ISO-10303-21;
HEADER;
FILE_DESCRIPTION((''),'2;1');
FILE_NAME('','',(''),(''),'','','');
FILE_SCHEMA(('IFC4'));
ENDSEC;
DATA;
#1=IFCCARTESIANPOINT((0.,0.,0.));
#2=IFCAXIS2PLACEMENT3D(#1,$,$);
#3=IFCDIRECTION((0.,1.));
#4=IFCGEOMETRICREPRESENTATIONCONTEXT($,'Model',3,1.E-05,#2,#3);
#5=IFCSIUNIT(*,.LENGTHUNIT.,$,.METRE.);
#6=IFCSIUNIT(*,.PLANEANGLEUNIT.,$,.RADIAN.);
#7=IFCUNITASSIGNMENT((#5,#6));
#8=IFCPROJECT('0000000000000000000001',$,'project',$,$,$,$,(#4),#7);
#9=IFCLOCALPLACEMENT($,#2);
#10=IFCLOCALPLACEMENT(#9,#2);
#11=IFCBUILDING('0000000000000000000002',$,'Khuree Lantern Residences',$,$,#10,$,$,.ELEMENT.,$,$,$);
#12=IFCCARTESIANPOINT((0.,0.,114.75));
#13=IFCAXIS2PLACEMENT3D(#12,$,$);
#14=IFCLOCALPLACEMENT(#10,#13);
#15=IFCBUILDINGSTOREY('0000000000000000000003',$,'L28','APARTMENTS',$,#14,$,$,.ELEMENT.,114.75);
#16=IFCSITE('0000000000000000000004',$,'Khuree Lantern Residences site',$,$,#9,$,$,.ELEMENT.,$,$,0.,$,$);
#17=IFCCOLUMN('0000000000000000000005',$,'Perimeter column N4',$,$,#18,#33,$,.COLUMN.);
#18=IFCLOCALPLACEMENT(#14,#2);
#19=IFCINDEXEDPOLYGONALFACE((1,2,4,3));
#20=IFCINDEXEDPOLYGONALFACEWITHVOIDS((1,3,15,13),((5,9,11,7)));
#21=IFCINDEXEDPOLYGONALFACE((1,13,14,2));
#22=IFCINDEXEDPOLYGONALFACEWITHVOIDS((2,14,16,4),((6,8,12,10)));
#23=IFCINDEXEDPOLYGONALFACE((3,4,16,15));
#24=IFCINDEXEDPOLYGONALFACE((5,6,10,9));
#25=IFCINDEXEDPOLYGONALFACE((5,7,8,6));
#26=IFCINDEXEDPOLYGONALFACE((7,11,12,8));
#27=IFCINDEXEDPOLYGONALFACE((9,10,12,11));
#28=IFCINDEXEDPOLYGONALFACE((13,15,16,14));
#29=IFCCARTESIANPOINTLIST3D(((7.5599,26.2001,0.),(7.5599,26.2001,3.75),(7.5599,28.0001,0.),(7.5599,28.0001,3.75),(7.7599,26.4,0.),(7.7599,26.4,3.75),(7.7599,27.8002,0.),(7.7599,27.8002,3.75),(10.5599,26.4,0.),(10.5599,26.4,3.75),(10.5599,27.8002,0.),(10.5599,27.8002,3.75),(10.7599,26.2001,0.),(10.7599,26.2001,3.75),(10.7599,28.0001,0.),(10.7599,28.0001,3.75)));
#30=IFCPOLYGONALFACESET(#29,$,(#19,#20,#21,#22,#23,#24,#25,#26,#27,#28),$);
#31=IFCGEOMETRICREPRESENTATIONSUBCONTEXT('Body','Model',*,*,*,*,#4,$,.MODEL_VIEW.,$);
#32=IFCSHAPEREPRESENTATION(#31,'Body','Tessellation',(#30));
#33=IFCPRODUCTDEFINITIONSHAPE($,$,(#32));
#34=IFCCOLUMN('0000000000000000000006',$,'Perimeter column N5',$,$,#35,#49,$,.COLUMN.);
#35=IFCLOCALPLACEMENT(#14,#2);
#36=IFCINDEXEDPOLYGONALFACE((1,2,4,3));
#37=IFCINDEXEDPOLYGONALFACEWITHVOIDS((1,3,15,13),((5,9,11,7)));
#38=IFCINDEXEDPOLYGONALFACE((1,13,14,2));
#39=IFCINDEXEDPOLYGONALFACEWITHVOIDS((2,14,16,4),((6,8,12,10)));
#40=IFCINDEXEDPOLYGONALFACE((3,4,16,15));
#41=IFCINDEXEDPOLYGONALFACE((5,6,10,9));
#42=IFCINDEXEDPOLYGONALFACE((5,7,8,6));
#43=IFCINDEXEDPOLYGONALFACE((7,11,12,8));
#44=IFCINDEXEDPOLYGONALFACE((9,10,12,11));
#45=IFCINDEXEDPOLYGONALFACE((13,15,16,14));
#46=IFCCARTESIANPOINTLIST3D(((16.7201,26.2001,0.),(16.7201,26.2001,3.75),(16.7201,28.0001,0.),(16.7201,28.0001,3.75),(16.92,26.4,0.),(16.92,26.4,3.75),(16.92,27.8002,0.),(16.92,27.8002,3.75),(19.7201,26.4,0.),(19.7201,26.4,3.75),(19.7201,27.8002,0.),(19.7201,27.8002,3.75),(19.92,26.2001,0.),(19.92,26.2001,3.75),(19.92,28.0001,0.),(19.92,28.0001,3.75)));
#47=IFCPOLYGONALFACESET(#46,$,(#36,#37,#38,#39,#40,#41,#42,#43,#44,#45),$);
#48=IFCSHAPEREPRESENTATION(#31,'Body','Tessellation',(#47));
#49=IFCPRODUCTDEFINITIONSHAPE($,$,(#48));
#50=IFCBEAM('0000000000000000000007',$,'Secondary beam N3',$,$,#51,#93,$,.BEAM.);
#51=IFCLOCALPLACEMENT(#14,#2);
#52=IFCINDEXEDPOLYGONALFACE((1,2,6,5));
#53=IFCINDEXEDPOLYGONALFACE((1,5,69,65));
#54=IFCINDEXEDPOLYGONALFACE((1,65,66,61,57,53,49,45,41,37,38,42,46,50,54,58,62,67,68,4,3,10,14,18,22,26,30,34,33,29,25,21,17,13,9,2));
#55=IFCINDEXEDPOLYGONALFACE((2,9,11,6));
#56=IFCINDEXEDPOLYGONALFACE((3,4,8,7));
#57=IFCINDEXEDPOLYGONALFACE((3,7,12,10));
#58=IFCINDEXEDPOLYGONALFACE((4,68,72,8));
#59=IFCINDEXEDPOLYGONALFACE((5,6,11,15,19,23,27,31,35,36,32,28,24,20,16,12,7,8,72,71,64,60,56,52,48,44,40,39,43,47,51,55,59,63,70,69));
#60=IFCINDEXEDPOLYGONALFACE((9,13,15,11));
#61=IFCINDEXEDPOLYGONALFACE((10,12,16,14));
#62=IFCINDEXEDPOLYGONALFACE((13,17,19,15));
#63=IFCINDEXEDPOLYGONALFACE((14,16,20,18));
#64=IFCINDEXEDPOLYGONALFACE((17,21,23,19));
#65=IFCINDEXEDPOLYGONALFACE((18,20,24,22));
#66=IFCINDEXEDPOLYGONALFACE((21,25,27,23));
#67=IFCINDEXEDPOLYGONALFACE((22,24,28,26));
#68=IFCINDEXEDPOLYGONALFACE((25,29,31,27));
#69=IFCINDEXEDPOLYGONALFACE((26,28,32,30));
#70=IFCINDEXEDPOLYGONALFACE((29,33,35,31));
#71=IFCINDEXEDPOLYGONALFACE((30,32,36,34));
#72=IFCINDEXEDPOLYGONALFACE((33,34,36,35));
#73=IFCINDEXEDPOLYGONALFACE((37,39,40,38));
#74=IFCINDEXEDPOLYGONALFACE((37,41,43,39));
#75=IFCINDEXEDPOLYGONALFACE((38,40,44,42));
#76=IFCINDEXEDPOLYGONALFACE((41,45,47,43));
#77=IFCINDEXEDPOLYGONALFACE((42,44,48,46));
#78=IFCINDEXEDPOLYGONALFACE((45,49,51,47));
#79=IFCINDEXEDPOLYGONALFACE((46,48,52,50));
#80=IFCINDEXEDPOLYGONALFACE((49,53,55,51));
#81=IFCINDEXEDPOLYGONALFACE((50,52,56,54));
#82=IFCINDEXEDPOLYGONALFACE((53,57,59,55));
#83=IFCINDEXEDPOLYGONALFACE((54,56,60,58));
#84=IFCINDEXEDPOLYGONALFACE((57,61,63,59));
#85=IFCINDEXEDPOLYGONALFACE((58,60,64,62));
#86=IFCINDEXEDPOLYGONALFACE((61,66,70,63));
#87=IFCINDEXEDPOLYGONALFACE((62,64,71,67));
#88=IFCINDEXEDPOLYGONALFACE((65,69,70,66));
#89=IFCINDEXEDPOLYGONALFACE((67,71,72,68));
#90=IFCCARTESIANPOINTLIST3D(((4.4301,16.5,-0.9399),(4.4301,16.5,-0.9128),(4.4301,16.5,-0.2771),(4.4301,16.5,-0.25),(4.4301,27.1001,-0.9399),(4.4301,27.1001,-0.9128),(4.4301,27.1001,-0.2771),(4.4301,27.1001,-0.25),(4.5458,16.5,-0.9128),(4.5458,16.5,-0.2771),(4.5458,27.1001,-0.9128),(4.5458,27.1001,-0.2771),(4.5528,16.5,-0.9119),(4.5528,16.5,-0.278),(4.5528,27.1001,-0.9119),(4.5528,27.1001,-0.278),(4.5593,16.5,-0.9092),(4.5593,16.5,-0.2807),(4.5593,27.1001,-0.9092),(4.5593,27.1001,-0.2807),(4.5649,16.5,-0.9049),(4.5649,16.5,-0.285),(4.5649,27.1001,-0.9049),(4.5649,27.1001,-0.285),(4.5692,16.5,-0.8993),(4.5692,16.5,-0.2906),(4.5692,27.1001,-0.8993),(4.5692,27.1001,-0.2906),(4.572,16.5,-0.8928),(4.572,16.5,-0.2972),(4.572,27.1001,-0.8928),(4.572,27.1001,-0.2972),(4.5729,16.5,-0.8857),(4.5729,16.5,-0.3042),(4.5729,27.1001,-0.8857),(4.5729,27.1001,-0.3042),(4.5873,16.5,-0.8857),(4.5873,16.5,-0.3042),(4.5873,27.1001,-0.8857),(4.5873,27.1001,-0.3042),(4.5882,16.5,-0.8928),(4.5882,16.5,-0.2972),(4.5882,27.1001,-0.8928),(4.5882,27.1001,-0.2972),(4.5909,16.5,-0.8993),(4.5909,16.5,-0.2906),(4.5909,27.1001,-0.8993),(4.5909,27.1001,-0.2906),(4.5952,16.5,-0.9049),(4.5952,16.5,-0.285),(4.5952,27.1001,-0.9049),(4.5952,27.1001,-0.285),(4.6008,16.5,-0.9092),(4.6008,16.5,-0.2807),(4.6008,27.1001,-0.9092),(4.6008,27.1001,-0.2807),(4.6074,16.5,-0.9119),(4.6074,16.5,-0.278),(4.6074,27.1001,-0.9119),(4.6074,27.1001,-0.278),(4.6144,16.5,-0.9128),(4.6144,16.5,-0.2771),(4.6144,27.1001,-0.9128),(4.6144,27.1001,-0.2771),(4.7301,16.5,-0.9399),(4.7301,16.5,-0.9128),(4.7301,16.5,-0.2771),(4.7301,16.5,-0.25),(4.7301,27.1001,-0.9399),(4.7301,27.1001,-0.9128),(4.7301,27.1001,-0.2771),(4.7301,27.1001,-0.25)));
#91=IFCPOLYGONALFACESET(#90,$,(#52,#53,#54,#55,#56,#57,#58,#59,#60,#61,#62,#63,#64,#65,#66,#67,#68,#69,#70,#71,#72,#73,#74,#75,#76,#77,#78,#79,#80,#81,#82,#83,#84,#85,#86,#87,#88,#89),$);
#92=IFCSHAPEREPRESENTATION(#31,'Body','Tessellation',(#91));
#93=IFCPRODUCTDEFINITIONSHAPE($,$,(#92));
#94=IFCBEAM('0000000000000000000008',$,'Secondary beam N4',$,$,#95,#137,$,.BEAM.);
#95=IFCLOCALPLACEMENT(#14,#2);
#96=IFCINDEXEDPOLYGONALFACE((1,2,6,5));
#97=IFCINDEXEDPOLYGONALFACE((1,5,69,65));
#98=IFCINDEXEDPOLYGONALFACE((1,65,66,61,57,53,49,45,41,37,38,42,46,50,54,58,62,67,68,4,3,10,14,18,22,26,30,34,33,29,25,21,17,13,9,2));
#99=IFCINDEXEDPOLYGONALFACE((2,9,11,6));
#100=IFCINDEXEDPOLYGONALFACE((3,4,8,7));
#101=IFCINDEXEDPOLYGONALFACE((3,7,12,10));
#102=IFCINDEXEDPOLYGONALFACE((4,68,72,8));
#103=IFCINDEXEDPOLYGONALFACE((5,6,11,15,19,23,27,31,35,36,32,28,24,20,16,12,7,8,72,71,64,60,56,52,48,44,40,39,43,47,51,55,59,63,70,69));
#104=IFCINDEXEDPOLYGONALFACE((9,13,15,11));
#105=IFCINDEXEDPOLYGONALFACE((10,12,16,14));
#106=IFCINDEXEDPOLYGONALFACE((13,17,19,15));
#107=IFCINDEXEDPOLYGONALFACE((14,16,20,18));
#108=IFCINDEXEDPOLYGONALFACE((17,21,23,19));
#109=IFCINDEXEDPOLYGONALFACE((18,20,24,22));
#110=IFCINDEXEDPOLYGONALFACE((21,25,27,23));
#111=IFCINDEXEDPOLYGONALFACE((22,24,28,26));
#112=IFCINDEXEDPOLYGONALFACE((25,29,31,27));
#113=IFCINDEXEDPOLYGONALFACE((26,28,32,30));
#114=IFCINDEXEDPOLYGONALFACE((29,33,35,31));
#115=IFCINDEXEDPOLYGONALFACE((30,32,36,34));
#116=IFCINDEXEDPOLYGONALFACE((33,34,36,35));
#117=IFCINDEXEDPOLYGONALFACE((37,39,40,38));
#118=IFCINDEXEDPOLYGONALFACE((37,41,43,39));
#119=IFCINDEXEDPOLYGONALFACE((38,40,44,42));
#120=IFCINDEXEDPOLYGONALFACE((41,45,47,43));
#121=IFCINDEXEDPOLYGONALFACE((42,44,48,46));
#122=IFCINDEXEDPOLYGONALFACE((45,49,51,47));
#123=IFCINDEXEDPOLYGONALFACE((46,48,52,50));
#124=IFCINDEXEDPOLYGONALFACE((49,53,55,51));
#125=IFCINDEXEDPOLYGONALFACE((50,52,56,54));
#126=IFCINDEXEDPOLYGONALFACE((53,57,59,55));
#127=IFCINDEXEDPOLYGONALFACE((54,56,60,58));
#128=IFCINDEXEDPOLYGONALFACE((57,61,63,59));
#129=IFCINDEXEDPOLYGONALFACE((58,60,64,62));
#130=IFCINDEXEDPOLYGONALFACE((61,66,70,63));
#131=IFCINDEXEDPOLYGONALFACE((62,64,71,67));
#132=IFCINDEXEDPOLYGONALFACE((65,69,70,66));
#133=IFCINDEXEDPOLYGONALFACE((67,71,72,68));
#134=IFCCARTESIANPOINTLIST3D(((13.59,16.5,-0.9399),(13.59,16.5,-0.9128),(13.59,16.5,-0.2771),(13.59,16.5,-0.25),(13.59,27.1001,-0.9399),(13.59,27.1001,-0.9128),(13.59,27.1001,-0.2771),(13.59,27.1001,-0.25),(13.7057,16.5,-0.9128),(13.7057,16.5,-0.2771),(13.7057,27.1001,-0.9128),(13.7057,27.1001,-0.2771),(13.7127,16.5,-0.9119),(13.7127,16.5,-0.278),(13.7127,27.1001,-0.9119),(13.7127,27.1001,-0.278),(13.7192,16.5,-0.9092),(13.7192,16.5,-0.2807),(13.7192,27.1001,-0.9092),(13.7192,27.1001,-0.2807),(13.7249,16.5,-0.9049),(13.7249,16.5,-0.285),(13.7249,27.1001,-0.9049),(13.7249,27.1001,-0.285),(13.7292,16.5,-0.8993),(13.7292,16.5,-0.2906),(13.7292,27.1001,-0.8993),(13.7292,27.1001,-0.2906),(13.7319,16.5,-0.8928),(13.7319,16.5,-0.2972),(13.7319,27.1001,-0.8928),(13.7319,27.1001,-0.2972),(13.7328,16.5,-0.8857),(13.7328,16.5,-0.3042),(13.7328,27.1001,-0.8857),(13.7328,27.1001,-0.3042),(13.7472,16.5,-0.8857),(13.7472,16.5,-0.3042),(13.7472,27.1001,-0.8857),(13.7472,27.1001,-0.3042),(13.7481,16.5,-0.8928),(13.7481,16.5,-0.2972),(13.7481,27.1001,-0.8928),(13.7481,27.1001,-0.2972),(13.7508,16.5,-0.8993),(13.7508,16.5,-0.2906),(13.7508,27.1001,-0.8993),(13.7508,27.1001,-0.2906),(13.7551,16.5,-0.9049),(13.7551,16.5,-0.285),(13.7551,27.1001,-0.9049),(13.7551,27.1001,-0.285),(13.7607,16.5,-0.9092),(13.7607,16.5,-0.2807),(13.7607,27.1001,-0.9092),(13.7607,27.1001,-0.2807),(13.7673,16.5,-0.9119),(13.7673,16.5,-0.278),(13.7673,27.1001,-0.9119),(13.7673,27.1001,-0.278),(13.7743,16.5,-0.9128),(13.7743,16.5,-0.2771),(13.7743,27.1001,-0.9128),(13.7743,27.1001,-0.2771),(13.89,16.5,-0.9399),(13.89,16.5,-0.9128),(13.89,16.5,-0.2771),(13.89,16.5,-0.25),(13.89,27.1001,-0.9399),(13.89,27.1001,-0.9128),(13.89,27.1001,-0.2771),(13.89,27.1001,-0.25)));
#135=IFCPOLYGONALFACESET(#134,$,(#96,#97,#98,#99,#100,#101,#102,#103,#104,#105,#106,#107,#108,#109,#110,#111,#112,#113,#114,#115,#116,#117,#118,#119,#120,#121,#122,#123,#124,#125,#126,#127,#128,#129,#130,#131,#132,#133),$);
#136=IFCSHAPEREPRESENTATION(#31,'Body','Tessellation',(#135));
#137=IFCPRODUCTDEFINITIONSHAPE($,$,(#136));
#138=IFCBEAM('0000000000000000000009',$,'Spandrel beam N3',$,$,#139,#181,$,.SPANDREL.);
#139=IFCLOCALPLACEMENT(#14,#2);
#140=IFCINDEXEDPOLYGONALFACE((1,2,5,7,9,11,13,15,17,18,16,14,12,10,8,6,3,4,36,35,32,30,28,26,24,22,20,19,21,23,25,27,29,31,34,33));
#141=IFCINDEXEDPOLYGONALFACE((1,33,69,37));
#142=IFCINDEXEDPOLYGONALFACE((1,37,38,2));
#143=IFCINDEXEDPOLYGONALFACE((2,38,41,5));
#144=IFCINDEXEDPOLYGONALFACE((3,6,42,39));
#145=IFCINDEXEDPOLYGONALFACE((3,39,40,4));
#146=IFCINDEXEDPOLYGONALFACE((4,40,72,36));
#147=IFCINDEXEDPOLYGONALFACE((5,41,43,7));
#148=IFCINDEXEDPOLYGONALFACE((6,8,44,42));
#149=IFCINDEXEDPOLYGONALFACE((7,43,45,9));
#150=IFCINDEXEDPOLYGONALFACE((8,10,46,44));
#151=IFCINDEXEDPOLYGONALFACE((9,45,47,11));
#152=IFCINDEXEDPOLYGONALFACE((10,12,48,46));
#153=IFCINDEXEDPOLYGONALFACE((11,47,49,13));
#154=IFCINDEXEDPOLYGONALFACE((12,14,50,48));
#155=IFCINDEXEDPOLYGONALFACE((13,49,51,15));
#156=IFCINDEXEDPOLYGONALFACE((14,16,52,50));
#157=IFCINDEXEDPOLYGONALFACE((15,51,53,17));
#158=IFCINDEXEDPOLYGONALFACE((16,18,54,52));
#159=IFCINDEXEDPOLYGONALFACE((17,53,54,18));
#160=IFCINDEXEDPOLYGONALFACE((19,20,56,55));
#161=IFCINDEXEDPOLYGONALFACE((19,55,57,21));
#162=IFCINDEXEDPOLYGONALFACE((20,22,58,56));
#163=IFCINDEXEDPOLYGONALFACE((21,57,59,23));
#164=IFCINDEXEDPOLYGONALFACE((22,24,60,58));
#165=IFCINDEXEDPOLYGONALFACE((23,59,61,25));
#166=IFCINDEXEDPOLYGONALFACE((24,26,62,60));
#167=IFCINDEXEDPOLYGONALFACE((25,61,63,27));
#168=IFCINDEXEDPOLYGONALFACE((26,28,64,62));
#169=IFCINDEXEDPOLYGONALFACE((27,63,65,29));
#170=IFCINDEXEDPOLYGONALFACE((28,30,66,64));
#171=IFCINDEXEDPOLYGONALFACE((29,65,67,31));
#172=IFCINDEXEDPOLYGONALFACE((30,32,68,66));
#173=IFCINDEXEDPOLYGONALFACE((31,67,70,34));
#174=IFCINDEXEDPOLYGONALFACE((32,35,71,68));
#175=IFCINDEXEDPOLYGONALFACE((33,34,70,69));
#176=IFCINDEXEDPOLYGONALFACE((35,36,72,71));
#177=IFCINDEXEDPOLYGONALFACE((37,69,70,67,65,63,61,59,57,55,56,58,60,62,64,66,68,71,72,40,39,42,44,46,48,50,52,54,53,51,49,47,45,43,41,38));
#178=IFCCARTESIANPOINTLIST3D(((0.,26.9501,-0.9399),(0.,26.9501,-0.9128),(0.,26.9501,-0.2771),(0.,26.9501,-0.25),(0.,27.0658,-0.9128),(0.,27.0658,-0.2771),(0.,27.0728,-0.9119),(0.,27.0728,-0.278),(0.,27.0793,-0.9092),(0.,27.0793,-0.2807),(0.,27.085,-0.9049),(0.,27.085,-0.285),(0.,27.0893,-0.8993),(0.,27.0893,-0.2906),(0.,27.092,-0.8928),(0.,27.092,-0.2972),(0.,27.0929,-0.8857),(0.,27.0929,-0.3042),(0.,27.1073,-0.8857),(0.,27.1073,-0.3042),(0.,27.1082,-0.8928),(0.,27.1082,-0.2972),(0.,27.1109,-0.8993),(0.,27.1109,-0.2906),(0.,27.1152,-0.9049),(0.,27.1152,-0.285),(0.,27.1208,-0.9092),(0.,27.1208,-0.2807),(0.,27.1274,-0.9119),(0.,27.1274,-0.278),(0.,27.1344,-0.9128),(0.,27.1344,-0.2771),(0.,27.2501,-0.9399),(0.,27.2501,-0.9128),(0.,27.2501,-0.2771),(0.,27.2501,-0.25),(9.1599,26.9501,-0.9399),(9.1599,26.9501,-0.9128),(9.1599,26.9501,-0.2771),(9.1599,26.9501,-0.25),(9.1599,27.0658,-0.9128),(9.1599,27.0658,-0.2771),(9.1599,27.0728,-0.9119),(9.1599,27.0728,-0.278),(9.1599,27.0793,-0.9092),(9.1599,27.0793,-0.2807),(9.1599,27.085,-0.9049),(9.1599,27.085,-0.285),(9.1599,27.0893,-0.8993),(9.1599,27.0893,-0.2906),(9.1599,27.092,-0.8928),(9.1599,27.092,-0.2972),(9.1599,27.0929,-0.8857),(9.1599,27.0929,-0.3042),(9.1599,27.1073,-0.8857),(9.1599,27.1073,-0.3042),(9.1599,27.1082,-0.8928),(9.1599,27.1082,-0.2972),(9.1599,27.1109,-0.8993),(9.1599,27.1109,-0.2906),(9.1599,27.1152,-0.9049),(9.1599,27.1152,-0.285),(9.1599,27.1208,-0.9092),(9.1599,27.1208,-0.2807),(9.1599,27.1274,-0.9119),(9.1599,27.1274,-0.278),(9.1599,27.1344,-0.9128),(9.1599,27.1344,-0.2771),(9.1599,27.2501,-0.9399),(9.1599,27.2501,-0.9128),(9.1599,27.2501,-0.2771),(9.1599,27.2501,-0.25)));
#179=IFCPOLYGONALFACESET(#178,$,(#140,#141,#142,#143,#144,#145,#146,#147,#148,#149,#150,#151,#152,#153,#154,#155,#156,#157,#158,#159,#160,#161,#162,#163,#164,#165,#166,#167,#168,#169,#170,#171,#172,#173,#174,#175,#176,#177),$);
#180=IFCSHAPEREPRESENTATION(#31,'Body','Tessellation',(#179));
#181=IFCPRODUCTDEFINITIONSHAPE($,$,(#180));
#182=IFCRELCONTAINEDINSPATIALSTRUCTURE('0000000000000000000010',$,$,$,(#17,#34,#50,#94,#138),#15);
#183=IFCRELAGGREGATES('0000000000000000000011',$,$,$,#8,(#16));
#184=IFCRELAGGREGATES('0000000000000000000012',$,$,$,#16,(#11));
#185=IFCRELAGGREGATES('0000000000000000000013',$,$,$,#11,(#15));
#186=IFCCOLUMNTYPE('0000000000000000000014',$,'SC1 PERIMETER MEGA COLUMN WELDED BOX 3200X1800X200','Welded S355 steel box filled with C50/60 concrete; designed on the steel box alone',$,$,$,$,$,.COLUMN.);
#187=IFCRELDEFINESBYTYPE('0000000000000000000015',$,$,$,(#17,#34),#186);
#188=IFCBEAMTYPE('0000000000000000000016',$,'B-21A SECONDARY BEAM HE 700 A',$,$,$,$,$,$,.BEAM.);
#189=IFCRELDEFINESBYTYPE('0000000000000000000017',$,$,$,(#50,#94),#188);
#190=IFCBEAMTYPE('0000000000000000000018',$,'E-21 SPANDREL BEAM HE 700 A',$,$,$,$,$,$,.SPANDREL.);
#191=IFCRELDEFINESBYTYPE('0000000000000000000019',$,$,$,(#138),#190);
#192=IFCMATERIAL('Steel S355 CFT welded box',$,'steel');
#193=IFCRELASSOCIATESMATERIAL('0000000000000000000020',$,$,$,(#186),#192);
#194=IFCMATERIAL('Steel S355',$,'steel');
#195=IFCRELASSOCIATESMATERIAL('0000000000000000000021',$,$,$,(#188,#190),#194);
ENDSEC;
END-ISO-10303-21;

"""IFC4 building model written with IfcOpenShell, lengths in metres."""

from ifc_helpers import new_model, si_unit, direction, frame, origin, origin_2d, place, context, subcontext, project, spatial, hollow_rectangle, i_section, extrude, material, material_profile, profile_set, type_object, element, save


model = new_model("IFC4")

# Units and contexts
model_context = context("Model", 3, precision=1e-05, world=origin(), true_north=direction((0.0, 1.0)))
body_context = subcontext(model_context, "Body", "Model", "MODEL_VIEW")
ifc_project = project(units=[si_unit("LENGTHUNIT", "METRE"), si_unit("PLANEANGLEUNIT", "RADIAN")], contexts=[model_context])

# Site, building, storey
site_placement = place(None, origin())
site = spatial("IfcSite", under=ifc_project, at=site_placement, Name="Khuree Lantern Residences site", CompositionType="ELEMENT", RefElevation=0.0)
building_placement = place(site_placement, origin())
building = spatial("IfcBuilding", under=site, at=building_placement, Name="Khuree Lantern Residences", CompositionType="ELEMENT")
storey_placement = place(building_placement, frame((0.0, 0.0, 114.75)))
storey = spatial("IfcBuildingStorey", under=building, at=storey_placement, Name="L28", Description="APARTMENTS", CompositionType="ELEMENT", Elevation=114.75)

# Columns
ifc_material_1 = material(Name="Steel S355 CFT welded box", Category="steel")
ifc_material_profile_1 = material_profile(ifc_material_1, hollow_rectangle(XDim=3.2, YDim=1.8, WallThickness=0.2, at=origin_2d()), Name="WELDED BOX 3200X1800X200")
ifc_profile_set_1 = profile_set([ifc_material_profile_1], Name="Steel S355 CFT welded box")
column_type = type_object("IfcColumnType", Name="SC1 PERIMETER MEGA COLUMN WELDED BOX 3200X1800X200", Description="Welded S355 steel box filled with C50/60 concrete; designed on the steel box alone", PredefinedType="COLUMN", material=ifc_profile_set_1)
for number, where, z_axis, x_axis, name in (
    (1, (9.1599, 27.1001, 0.0), (0.0, 0.0, 1.0), (1.0, 0.0, 0.0), "Perimeter column N4"),
    (2, (18.3201, 27.1001, 0.0), (0.0, 0.0, 1.0), (1.0, 0.0, 0.0), "Perimeter column N5"),
):
    element("IfcColumn", number, at=place(storey_placement, frame(where, z_axis=z_axis, x_axis=x_axis)), inside=storey, type_object=column_type, Name=name, PredefinedType="COLUMN", context=body_context, shape_type="SweptSolid", body=[
        extrude(hollow_rectangle(XDim=3.2, YDim=1.8, WallThickness=0.2, at=origin_2d()), origin(), (0.0, 0.0, 1.0), 3.75),
    ])

# Beams
ifc_material_2 = material(Name="Steel S355", Category="steel")
ifc_material_profile_2 = material_profile(ifc_material_2, i_section(OverallWidth=0.3, OverallDepth=0.6899, WebThickness=0.0144, FlangeThickness=0.0271, FilletRadius=0.0271, at=origin_2d()), Name="HE 700 A")
ifc_profile_set_2 = profile_set([ifc_material_profile_2], Name="Steel S355")
beam_type_1 = type_object("IfcBeamType", Name="B-21A SECONDARY BEAM HE 700 A", PredefinedType="BEAM", material=ifc_profile_set_2)
for number, where, z_axis, x_axis, name in (
    (3, (4.5801, 27.1001, -0.595), (0.0, -1.0, 0.0), (1.0, 0.0, 0.0), "Secondary beam N3"),
    (4, (13.74, 27.1001, -0.595), (0.0, -1.0, 0.0), (1.0, 0.0, 0.0), "Secondary beam N4"),
):
    element("IfcBeam", number, at=place(storey_placement, frame(where, z_axis=z_axis, x_axis=x_axis)), inside=storey, type_object=beam_type_1, Name=name, PredefinedType="BEAM", context=body_context, shape_type="SweptSolid", body=[
        extrude(i_section(OverallWidth=0.3, OverallDepth=0.6899, WebThickness=0.0144, FlangeThickness=0.0271, FilletRadius=0.0271, at=origin_2d()), origin(), (0.0, 0.0, 1.0), 10.6001),
    ])
ifc_material_profile_3 = material_profile(ifc_material_2, i_section(OverallWidth=0.3, OverallDepth=0.6899, WebThickness=0.0144, FlangeThickness=0.0271, FilletRadius=0.0271, at=origin_2d()), Name="HE 700 A")
ifc_profile_set_3 = profile_set([ifc_material_profile_3], Name="Steel S355")
beam_type_2 = type_object("IfcBeamType", Name="E-21 SPANDREL BEAM HE 700 A", PredefinedType="SPANDREL", material=ifc_profile_set_3)
beam_1_placement = place(storey_placement, frame((0.0, 27.1001, -0.595), z_axis=(1.0, 0.0, 0.0), x_axis=(0.0, 1.0, 0.0)))
element("IfcBeam", 5, at=beam_1_placement, inside=storey, type_object=beam_type_2, Name="Spandrel beam N3", PredefinedType="SPANDREL", context=body_context, shape_type="SweptSolid", body=[
    extrude(i_section(OverallWidth=0.3, OverallDepth=0.6899, WebThickness=0.0144, FlangeThickness=0.0271, FilletRadius=0.0271, at=origin_2d()), origin(), (0.0, 0.0, 1.0), 9.1599),
])

save(model, "model.ifc")
